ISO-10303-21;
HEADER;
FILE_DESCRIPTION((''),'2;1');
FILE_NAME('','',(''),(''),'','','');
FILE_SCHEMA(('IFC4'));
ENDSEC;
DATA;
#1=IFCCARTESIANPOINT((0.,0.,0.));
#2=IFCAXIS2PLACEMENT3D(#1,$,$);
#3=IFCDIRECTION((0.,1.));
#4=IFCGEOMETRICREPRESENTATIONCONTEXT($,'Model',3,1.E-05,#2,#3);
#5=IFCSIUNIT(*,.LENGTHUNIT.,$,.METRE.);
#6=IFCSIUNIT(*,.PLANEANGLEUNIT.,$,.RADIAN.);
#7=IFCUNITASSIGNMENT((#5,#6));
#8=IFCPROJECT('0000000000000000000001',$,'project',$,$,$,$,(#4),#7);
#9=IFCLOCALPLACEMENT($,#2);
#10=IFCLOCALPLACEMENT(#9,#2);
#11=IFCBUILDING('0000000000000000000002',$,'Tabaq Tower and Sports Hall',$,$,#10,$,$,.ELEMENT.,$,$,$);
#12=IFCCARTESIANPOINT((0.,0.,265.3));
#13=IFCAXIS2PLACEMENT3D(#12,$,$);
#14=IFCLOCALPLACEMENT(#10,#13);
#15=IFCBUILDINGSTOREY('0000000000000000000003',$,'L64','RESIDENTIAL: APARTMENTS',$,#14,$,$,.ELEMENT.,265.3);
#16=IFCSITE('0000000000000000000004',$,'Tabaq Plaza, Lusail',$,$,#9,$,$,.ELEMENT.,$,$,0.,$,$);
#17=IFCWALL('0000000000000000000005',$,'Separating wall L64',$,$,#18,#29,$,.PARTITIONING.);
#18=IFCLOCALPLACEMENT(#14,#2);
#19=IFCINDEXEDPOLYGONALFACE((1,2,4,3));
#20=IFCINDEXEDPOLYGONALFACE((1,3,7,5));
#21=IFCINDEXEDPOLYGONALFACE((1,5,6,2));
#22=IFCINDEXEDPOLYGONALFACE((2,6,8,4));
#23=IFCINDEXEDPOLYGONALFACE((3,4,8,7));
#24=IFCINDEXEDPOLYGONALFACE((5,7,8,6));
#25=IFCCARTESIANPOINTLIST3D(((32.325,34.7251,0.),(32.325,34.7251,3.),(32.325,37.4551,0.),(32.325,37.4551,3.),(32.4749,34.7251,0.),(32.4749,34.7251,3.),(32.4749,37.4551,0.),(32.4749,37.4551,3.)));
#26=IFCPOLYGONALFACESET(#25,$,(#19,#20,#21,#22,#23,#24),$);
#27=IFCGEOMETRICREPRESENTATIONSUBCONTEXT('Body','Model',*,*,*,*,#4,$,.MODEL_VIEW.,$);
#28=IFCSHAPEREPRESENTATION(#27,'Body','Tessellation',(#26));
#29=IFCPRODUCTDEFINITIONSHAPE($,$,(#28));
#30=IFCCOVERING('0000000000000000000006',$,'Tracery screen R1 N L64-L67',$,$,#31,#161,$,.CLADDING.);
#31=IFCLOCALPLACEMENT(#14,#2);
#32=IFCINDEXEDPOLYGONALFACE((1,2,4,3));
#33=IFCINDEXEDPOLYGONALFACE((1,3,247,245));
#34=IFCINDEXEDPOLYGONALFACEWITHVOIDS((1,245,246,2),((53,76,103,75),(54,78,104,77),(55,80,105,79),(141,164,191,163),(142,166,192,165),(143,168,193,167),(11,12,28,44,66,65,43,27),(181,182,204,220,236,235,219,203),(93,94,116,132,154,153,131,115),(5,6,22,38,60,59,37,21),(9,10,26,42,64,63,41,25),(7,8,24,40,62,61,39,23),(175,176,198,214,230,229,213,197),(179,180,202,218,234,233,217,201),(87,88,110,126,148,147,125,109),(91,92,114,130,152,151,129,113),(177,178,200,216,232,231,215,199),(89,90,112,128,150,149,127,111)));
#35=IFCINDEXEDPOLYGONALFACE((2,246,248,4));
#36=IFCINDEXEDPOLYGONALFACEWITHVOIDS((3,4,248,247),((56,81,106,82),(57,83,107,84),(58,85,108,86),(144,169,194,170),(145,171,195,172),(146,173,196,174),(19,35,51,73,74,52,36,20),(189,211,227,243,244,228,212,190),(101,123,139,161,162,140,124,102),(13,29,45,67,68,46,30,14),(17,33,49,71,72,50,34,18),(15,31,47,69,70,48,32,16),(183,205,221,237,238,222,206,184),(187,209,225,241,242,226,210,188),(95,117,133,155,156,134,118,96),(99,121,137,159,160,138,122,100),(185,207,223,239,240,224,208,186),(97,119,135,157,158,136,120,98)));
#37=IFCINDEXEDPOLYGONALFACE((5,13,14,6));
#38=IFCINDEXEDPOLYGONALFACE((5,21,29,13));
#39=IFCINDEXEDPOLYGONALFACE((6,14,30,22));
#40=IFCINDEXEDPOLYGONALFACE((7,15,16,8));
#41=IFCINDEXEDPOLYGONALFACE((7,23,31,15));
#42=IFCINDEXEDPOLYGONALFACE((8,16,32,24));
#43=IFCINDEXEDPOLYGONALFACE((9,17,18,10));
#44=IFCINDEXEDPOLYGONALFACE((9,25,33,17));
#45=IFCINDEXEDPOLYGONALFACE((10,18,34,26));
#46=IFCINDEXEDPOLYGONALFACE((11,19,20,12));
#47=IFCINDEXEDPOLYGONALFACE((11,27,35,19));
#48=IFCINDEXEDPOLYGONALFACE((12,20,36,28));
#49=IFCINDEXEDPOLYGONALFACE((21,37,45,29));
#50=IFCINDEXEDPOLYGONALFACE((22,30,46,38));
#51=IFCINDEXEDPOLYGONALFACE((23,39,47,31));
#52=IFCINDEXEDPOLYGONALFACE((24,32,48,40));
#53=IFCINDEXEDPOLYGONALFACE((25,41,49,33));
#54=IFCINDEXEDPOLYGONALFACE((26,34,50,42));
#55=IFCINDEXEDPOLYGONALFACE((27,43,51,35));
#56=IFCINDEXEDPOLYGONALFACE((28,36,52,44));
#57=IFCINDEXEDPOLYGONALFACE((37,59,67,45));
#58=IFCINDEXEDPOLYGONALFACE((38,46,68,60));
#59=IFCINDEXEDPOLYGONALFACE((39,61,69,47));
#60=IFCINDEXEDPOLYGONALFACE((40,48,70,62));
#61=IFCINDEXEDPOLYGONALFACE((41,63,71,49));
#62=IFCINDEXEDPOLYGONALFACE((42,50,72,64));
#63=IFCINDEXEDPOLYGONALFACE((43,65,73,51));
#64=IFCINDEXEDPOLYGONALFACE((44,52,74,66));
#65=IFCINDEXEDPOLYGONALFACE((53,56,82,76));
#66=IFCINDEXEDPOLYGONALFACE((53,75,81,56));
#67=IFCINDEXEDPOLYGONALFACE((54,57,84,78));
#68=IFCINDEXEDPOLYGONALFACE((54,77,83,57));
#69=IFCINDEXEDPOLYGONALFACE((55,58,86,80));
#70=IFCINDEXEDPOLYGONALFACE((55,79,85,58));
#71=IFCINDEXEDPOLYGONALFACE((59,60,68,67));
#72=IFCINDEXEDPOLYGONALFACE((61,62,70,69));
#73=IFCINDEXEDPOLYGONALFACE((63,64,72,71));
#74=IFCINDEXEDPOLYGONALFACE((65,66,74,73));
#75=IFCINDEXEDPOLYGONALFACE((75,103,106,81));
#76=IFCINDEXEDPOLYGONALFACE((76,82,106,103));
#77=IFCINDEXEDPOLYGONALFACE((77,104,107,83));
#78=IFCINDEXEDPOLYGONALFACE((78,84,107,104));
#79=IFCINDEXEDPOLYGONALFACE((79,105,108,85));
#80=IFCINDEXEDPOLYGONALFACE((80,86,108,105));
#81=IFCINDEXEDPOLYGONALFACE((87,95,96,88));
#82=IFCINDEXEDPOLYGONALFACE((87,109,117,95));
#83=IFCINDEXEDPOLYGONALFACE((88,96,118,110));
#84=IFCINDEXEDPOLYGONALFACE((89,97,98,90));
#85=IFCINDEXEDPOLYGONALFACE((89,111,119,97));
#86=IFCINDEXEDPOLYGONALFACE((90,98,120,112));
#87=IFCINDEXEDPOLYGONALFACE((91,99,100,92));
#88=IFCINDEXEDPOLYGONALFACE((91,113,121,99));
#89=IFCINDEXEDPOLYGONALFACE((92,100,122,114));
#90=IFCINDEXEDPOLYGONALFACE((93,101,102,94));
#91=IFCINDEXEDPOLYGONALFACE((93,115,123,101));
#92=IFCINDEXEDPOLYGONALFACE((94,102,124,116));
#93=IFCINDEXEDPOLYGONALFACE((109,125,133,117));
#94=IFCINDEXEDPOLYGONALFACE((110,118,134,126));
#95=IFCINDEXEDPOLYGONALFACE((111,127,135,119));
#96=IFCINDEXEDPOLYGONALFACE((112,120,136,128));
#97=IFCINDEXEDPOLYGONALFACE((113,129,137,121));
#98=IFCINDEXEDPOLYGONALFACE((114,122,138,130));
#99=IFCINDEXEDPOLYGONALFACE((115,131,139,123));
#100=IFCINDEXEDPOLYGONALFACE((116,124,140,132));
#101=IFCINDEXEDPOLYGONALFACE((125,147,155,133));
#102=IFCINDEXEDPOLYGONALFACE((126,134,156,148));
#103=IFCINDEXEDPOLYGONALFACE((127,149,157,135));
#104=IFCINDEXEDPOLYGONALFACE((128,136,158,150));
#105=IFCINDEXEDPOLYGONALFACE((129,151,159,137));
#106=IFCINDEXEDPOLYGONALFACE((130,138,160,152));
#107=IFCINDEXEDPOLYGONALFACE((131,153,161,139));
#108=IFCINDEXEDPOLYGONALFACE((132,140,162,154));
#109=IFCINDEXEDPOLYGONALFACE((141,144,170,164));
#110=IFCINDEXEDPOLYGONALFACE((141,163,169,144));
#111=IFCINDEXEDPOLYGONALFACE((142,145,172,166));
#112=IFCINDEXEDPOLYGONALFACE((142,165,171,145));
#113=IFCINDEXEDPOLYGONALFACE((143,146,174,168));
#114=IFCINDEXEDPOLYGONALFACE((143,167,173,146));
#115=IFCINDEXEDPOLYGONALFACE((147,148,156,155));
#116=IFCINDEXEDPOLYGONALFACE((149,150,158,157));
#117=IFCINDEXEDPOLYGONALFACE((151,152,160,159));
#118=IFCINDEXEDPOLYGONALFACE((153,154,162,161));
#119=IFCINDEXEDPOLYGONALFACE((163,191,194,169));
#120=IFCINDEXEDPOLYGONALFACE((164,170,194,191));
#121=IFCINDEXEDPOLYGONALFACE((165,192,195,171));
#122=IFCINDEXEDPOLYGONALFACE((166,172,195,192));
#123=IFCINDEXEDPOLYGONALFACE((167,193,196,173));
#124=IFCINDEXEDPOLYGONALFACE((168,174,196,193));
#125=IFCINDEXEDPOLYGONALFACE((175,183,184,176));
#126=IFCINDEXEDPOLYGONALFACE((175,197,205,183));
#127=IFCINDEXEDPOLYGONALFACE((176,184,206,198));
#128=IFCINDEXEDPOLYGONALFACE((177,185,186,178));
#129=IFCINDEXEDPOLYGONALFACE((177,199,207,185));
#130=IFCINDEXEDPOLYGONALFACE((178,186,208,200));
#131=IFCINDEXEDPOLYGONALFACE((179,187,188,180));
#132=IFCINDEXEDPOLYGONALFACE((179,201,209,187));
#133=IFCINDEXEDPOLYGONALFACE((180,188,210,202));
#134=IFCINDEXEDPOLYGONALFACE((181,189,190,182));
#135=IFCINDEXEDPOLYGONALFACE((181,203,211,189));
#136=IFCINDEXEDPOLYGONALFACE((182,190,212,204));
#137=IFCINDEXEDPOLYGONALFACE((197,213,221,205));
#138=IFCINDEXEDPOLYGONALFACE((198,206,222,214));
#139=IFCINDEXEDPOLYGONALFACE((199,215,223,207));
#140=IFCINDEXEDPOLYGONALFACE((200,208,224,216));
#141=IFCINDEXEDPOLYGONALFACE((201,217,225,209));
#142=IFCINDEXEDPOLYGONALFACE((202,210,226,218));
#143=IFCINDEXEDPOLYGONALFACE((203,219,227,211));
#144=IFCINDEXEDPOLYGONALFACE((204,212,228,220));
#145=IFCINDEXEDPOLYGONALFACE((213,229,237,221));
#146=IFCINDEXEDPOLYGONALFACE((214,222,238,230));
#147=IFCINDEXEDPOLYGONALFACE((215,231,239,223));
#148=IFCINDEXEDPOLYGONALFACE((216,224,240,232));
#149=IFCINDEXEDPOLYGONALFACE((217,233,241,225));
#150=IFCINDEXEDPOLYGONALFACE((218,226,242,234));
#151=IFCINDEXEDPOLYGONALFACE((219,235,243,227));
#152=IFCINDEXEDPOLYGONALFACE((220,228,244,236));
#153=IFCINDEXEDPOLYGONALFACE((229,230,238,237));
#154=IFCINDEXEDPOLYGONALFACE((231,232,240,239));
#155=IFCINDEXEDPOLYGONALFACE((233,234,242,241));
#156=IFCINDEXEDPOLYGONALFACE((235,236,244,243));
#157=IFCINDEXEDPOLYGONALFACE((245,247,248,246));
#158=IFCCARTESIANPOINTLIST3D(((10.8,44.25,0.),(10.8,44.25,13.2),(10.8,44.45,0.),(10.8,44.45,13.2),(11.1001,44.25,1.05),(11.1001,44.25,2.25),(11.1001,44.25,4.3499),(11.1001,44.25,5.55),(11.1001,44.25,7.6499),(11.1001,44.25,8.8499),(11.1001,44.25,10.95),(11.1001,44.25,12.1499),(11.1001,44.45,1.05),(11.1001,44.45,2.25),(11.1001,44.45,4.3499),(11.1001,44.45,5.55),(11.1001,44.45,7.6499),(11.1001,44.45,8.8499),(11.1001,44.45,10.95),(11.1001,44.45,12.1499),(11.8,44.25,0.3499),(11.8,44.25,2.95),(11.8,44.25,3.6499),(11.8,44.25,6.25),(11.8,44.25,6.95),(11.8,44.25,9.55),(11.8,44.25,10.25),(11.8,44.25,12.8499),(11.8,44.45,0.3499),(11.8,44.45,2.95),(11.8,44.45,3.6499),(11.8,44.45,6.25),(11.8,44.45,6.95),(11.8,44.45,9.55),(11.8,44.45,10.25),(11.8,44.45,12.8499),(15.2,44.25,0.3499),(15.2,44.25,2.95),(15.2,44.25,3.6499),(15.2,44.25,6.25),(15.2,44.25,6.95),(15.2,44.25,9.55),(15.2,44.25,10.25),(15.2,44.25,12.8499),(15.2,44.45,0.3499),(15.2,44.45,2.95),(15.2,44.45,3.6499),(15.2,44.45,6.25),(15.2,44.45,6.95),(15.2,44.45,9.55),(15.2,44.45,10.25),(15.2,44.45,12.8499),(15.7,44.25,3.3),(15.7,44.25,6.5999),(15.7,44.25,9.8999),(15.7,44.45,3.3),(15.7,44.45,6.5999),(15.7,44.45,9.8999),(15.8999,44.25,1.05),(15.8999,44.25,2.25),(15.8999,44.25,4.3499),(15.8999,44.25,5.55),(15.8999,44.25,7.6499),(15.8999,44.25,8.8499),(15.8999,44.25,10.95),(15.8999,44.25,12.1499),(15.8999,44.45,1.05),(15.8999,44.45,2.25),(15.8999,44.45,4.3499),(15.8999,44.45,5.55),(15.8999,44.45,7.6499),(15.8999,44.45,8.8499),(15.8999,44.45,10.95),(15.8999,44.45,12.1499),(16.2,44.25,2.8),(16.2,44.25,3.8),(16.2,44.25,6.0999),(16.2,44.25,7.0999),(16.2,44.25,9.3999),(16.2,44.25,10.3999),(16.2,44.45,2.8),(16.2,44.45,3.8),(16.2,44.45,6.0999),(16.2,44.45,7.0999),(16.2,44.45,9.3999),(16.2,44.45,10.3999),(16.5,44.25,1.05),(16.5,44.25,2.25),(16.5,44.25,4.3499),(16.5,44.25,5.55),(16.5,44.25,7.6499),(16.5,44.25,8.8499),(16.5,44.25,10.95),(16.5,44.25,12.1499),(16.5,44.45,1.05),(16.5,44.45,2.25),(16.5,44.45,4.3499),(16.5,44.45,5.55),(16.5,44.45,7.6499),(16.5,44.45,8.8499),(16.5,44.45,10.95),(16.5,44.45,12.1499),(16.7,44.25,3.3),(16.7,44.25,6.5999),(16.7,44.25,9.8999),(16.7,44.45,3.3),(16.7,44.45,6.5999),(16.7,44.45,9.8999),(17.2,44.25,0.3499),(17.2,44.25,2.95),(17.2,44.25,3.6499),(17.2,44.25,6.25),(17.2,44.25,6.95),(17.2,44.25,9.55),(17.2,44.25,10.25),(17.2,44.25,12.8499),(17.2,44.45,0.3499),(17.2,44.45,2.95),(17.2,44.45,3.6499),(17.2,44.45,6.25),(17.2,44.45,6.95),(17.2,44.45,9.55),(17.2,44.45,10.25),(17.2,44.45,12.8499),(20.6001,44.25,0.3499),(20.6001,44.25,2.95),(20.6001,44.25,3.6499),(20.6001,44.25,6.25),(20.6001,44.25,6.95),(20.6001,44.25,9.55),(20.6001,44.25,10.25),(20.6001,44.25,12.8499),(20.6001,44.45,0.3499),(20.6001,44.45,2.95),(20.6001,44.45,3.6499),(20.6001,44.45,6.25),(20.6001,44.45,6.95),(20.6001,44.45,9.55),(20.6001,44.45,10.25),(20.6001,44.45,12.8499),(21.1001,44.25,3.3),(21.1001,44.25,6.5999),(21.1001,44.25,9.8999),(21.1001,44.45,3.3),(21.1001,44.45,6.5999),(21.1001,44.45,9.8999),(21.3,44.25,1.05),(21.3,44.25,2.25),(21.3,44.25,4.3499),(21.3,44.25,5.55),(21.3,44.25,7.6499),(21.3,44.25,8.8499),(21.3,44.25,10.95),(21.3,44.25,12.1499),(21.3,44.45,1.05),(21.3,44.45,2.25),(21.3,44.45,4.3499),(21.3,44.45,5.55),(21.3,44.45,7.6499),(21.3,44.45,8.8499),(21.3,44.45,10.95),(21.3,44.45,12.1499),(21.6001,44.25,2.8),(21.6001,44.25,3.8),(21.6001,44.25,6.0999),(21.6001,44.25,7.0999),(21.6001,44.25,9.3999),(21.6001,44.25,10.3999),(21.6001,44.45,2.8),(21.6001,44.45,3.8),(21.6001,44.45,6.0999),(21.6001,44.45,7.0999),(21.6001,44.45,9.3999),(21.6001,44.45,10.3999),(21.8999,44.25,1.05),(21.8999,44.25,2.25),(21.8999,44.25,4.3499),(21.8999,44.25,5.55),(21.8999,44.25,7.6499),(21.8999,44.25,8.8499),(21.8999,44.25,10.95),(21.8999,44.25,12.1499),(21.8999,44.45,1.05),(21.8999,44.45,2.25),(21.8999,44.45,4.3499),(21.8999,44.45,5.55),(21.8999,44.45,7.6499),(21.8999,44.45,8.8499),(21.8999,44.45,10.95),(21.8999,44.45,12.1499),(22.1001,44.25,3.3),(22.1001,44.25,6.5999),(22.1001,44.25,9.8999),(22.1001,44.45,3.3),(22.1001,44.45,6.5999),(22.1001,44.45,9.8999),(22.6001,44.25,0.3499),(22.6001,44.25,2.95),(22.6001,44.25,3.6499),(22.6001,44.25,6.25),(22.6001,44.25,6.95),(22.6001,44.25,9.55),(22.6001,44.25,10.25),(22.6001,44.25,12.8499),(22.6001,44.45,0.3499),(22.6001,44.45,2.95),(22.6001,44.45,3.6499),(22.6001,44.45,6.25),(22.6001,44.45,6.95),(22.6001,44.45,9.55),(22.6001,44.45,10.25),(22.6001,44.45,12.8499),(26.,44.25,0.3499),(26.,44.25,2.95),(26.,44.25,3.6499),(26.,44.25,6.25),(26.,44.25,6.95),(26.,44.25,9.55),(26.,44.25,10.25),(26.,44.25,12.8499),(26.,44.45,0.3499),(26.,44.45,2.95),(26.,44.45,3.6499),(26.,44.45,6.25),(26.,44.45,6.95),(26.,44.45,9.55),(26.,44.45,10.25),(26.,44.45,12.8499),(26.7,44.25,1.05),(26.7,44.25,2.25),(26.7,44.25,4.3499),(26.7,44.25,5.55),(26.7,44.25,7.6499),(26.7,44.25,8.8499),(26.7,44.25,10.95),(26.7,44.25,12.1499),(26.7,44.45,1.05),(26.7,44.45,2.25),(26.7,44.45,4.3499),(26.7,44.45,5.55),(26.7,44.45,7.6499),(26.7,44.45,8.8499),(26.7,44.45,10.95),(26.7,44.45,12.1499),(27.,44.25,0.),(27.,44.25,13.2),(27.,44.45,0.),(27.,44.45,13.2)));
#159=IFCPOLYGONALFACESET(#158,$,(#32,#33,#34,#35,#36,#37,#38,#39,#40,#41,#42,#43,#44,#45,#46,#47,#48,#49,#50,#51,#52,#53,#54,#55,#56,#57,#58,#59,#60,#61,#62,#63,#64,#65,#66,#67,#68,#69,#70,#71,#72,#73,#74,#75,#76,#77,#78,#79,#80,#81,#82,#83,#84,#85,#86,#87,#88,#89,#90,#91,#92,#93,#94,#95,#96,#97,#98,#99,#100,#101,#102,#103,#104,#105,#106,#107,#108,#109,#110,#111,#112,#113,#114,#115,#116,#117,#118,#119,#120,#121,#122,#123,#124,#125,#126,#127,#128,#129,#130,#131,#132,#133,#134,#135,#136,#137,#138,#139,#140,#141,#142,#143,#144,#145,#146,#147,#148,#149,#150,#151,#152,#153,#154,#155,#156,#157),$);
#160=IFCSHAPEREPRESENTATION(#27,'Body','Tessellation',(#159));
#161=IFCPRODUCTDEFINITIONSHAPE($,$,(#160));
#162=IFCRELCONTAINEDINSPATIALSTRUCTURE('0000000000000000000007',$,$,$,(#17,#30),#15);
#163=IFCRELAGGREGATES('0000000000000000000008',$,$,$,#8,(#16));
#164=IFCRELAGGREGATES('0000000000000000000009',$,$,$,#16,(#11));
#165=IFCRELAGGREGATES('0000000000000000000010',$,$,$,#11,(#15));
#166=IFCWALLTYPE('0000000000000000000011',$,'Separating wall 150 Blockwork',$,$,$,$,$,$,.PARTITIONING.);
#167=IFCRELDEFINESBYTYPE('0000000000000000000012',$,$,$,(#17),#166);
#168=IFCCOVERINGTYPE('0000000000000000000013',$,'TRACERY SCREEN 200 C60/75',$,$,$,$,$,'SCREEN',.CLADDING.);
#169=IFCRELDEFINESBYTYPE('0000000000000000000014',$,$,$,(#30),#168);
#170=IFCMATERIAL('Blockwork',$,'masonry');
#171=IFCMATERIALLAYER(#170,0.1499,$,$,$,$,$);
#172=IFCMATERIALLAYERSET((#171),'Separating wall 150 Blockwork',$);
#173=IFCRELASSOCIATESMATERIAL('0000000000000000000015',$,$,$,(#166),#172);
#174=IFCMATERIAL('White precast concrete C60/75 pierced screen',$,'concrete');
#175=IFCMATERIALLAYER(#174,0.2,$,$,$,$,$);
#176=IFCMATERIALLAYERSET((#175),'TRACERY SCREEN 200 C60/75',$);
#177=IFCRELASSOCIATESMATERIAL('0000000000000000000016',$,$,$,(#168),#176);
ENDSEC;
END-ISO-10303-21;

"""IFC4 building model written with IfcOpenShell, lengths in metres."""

from ifc_helpers import new_model, si_unit, direction, frame, frame_2d, origin, place, context, subcontext, project, spatial, polyline, rectangle, outline, extrude, material, layer, layer_set, type_object, element, save


model = new_model("IFC4")

# Units and contexts
model_context = context("Model", 3, precision=1e-05, world=origin(), true_north=direction((0.0, 1.0)))
body_context = subcontext(model_context, "Body", "Model", "MODEL_VIEW")
ifc_project = project(units=[si_unit("LENGTHUNIT", "METRE"), si_unit("PLANEANGLEUNIT", "RADIAN")], contexts=[model_context])

# Site, building, storey
site_placement = place(None, origin())
site = spatial("IfcSite", under=ifc_project, at=site_placement, Name="Tabaq Plaza, Lusail", CompositionType="ELEMENT", RefElevation=0.0)
building_placement = place(site_placement, origin())
building = spatial("IfcBuilding", under=site, at=building_placement, Name="Tabaq Tower and Sports Hall", CompositionType="ELEMENT")
storey_placement = place(building_placement, frame((0.0, 0.0, 265.3)))
storey = spatial("IfcBuildingStorey", under=building, at=storey_placement, Name="L64", Description="RESIDENTIAL: APARTMENTS", CompositionType="ELEMENT", Elevation=265.3)

# Wall
ifc_material_1 = material(Name="Blockwork", Category="masonry")
ifc_layer_1 = layer(ifc_material_1, 0.1499)
ifc_layer_set_1 = layer_set([ifc_layer_1], Name="Separating wall 150 Blockwork")
wall_type_1 = type_object("IfcWallType", Name="Separating wall 150 Blockwork", PredefinedType="PARTITIONING", material=ifc_layer_set_1)
wall_1_placement = place(storey_placement, frame((32.3999, 34.7251, 0.0), z_axis=(0.0, 0.0, 1.0), x_axis=(0.0, 1.0, 0.0)))
element("IfcWall", 1, at=wall_1_placement, inside=storey, type_object=wall_type_1, Name="Separating wall L64", PredefinedType="PARTITIONING", context=body_context, shape_type="SweptSolid", body=[
    extrude(rectangle(XDim=2.73, YDim=0.1499, at=frame_2d((1.365, 0.0))), origin(), (0.0, 0.0, 1.0), 3.0),
])

# Covering
ifc_material_2 = material(Name="White precast concrete C60/75 pierced screen", Category="concrete")
ifc_layer_2 = layer(ifc_material_2, 0.2)
ifc_layer_set_2 = layer_set([ifc_layer_2], Name="TRACERY SCREEN 200 C60/75")
covering_type_1 = type_object("IfcCoveringType", Name="TRACERY SCREEN 200 C60/75", ElementType="SCREEN", PredefinedType="CLADDING", material=ifc_layer_set_2)
covering_1_placement = place(storey_placement, frame((27.0, 44.3501, 0.0), z_axis=(0.0, 0.0, 1.0), x_axis=(-1.0, 0.0, 0.0)))
element("IfcCovering", 2, at=covering_1_placement, inside=storey, type_object=covering_type_1, Name="Tracery screen R1 N L64-L67", PredefinedType="CLADDING", context=body_context, shape_type="SweptSolid", body=[
    extrude(outline(polyline([(0.0, 0.0), (16.2, 0.0), (16.2, 13.2), (0.0, 13.2), (0.0, 0.0)]), holes=[polyline([(1.0, 0.3499), (4.3999, 0.3499), (5.1001, 1.05), (5.1001, 2.25), (4.3999, 2.95), (1.0, 2.95), (0.3, 2.25), (0.3, 1.05), (1.0, 0.3499)]), polyline([(6.3999, 0.3499), (9.8, 0.3499), (10.5, 1.05), (10.5, 2.25), (9.8, 2.95), (6.3999, 2.95), (5.7, 2.25), (5.7, 1.05), (6.3999, 0.3499)]), polyline([(11.8, 0.3499), (15.2, 0.3499), (15.8999, 1.05), (15.8999, 2.25), (15.2, 2.95), (11.8, 2.95), (11.1001, 2.25), (11.1001, 1.05), (11.8, 0.3499)]), polyline([(1.0, 3.6499), (4.3999, 3.6499), (5.1001, 4.3499), (5.1001, 5.55), (4.3999, 6.25), (1.0, 6.25), (0.3, 5.55), (0.3, 4.3499), (1.0, 3.6499)]), polyline([(6.3999, 3.6499), (9.8, 3.6499), (10.5, 4.3499), (10.5, 5.55), (9.8, 6.25), (6.3999, 6.25), (5.7, 5.55), (5.7, 4.3499), (6.3999, 3.6499)]), polyline([(11.8, 3.6499), (15.2, 3.6499), (15.8999, 4.3499), (15.8999, 5.55), (15.2, 6.25), (11.8, 6.25), (11.1001, 5.55), (11.1001, 4.3499), (11.8, 3.6499)]), polyline([(1.0, 6.95), (4.3999, 6.95), (5.1001, 7.6499), (5.1001, 8.8499), (4.3999, 9.55), (1.0, 9.55), (0.3, 8.8499), (0.3, 7.6499), (1.0, 6.95)]), polyline([(6.3999, 6.95), (9.8, 6.95), (10.5, 7.6499), (10.5, 8.8499), (9.8, 9.55), (6.3999, 9.55), (5.7, 8.8499), (5.7, 7.6499), (6.3999, 6.95)]), polyline([(11.8, 6.95), (15.2, 6.95), (15.8999, 7.6499), (15.8999, 8.8499), (15.2, 9.55), (11.8, 9.55), (11.1001, 8.8499), (11.1001, 7.6499), (11.8, 6.95)]), polyline([(1.0, 10.25), (4.3999, 10.25), (5.1001, 10.95), (5.1001, 12.1499), (4.3999, 12.8499), (1.0, 12.8499), (0.3, 12.1499), (0.3, 10.95), (1.0, 10.25)]), polyline([(6.3999, 10.25), (9.8, 10.25), (10.5, 10.95), (10.5, 12.1499), (9.8, 12.8499), (6.3999, 12.8499), (5.7, 12.1499), (5.7, 10.95), (6.3999, 10.25)]), polyline([(11.8, 10.25), (15.2, 10.25), (15.8999, 10.95), (15.8999, 12.1499), (15.2, 12.8499), (11.8, 12.8499), (11.1001, 12.1499), (11.1001, 10.95), (11.8, 10.25)]), polyline([(5.8999, 3.3), (5.3999, 3.8), (4.8999, 3.3), (5.3999, 2.8), (5.8999, 3.3)]), polyline([(11.3, 3.3), (10.8, 3.8), (10.3, 3.3), (10.8, 2.8), (11.3, 3.3)]), polyline([(5.8999, 6.5999), (5.3999, 7.0999), (4.8999, 6.5999), (5.3999, 6.0999), (5.8999, 6.5999)]), polyline([(11.3, 6.5999), (10.8, 7.0999), (10.3, 6.5999), (10.8, 6.0999), (11.3, 6.5999)]), polyline([(5.8999, 9.8999), (5.3999, 10.3999), (4.8999, 9.8999), (5.3999, 9.3999), (5.8999, 9.8999)]), polyline([(11.3, 9.8999), (10.8, 10.3999), (10.3, 9.8999), (10.8, 9.3999), (11.3, 9.8999)])]), frame((0.0, 0.1001, 0.0), z_axis=(0.0, -1.0, 0.0), x_axis=(1.0, 0.0, 0.0)), (0.0, 0.0, 1.0), 0.2),
])

save(model, "model.ifc")
